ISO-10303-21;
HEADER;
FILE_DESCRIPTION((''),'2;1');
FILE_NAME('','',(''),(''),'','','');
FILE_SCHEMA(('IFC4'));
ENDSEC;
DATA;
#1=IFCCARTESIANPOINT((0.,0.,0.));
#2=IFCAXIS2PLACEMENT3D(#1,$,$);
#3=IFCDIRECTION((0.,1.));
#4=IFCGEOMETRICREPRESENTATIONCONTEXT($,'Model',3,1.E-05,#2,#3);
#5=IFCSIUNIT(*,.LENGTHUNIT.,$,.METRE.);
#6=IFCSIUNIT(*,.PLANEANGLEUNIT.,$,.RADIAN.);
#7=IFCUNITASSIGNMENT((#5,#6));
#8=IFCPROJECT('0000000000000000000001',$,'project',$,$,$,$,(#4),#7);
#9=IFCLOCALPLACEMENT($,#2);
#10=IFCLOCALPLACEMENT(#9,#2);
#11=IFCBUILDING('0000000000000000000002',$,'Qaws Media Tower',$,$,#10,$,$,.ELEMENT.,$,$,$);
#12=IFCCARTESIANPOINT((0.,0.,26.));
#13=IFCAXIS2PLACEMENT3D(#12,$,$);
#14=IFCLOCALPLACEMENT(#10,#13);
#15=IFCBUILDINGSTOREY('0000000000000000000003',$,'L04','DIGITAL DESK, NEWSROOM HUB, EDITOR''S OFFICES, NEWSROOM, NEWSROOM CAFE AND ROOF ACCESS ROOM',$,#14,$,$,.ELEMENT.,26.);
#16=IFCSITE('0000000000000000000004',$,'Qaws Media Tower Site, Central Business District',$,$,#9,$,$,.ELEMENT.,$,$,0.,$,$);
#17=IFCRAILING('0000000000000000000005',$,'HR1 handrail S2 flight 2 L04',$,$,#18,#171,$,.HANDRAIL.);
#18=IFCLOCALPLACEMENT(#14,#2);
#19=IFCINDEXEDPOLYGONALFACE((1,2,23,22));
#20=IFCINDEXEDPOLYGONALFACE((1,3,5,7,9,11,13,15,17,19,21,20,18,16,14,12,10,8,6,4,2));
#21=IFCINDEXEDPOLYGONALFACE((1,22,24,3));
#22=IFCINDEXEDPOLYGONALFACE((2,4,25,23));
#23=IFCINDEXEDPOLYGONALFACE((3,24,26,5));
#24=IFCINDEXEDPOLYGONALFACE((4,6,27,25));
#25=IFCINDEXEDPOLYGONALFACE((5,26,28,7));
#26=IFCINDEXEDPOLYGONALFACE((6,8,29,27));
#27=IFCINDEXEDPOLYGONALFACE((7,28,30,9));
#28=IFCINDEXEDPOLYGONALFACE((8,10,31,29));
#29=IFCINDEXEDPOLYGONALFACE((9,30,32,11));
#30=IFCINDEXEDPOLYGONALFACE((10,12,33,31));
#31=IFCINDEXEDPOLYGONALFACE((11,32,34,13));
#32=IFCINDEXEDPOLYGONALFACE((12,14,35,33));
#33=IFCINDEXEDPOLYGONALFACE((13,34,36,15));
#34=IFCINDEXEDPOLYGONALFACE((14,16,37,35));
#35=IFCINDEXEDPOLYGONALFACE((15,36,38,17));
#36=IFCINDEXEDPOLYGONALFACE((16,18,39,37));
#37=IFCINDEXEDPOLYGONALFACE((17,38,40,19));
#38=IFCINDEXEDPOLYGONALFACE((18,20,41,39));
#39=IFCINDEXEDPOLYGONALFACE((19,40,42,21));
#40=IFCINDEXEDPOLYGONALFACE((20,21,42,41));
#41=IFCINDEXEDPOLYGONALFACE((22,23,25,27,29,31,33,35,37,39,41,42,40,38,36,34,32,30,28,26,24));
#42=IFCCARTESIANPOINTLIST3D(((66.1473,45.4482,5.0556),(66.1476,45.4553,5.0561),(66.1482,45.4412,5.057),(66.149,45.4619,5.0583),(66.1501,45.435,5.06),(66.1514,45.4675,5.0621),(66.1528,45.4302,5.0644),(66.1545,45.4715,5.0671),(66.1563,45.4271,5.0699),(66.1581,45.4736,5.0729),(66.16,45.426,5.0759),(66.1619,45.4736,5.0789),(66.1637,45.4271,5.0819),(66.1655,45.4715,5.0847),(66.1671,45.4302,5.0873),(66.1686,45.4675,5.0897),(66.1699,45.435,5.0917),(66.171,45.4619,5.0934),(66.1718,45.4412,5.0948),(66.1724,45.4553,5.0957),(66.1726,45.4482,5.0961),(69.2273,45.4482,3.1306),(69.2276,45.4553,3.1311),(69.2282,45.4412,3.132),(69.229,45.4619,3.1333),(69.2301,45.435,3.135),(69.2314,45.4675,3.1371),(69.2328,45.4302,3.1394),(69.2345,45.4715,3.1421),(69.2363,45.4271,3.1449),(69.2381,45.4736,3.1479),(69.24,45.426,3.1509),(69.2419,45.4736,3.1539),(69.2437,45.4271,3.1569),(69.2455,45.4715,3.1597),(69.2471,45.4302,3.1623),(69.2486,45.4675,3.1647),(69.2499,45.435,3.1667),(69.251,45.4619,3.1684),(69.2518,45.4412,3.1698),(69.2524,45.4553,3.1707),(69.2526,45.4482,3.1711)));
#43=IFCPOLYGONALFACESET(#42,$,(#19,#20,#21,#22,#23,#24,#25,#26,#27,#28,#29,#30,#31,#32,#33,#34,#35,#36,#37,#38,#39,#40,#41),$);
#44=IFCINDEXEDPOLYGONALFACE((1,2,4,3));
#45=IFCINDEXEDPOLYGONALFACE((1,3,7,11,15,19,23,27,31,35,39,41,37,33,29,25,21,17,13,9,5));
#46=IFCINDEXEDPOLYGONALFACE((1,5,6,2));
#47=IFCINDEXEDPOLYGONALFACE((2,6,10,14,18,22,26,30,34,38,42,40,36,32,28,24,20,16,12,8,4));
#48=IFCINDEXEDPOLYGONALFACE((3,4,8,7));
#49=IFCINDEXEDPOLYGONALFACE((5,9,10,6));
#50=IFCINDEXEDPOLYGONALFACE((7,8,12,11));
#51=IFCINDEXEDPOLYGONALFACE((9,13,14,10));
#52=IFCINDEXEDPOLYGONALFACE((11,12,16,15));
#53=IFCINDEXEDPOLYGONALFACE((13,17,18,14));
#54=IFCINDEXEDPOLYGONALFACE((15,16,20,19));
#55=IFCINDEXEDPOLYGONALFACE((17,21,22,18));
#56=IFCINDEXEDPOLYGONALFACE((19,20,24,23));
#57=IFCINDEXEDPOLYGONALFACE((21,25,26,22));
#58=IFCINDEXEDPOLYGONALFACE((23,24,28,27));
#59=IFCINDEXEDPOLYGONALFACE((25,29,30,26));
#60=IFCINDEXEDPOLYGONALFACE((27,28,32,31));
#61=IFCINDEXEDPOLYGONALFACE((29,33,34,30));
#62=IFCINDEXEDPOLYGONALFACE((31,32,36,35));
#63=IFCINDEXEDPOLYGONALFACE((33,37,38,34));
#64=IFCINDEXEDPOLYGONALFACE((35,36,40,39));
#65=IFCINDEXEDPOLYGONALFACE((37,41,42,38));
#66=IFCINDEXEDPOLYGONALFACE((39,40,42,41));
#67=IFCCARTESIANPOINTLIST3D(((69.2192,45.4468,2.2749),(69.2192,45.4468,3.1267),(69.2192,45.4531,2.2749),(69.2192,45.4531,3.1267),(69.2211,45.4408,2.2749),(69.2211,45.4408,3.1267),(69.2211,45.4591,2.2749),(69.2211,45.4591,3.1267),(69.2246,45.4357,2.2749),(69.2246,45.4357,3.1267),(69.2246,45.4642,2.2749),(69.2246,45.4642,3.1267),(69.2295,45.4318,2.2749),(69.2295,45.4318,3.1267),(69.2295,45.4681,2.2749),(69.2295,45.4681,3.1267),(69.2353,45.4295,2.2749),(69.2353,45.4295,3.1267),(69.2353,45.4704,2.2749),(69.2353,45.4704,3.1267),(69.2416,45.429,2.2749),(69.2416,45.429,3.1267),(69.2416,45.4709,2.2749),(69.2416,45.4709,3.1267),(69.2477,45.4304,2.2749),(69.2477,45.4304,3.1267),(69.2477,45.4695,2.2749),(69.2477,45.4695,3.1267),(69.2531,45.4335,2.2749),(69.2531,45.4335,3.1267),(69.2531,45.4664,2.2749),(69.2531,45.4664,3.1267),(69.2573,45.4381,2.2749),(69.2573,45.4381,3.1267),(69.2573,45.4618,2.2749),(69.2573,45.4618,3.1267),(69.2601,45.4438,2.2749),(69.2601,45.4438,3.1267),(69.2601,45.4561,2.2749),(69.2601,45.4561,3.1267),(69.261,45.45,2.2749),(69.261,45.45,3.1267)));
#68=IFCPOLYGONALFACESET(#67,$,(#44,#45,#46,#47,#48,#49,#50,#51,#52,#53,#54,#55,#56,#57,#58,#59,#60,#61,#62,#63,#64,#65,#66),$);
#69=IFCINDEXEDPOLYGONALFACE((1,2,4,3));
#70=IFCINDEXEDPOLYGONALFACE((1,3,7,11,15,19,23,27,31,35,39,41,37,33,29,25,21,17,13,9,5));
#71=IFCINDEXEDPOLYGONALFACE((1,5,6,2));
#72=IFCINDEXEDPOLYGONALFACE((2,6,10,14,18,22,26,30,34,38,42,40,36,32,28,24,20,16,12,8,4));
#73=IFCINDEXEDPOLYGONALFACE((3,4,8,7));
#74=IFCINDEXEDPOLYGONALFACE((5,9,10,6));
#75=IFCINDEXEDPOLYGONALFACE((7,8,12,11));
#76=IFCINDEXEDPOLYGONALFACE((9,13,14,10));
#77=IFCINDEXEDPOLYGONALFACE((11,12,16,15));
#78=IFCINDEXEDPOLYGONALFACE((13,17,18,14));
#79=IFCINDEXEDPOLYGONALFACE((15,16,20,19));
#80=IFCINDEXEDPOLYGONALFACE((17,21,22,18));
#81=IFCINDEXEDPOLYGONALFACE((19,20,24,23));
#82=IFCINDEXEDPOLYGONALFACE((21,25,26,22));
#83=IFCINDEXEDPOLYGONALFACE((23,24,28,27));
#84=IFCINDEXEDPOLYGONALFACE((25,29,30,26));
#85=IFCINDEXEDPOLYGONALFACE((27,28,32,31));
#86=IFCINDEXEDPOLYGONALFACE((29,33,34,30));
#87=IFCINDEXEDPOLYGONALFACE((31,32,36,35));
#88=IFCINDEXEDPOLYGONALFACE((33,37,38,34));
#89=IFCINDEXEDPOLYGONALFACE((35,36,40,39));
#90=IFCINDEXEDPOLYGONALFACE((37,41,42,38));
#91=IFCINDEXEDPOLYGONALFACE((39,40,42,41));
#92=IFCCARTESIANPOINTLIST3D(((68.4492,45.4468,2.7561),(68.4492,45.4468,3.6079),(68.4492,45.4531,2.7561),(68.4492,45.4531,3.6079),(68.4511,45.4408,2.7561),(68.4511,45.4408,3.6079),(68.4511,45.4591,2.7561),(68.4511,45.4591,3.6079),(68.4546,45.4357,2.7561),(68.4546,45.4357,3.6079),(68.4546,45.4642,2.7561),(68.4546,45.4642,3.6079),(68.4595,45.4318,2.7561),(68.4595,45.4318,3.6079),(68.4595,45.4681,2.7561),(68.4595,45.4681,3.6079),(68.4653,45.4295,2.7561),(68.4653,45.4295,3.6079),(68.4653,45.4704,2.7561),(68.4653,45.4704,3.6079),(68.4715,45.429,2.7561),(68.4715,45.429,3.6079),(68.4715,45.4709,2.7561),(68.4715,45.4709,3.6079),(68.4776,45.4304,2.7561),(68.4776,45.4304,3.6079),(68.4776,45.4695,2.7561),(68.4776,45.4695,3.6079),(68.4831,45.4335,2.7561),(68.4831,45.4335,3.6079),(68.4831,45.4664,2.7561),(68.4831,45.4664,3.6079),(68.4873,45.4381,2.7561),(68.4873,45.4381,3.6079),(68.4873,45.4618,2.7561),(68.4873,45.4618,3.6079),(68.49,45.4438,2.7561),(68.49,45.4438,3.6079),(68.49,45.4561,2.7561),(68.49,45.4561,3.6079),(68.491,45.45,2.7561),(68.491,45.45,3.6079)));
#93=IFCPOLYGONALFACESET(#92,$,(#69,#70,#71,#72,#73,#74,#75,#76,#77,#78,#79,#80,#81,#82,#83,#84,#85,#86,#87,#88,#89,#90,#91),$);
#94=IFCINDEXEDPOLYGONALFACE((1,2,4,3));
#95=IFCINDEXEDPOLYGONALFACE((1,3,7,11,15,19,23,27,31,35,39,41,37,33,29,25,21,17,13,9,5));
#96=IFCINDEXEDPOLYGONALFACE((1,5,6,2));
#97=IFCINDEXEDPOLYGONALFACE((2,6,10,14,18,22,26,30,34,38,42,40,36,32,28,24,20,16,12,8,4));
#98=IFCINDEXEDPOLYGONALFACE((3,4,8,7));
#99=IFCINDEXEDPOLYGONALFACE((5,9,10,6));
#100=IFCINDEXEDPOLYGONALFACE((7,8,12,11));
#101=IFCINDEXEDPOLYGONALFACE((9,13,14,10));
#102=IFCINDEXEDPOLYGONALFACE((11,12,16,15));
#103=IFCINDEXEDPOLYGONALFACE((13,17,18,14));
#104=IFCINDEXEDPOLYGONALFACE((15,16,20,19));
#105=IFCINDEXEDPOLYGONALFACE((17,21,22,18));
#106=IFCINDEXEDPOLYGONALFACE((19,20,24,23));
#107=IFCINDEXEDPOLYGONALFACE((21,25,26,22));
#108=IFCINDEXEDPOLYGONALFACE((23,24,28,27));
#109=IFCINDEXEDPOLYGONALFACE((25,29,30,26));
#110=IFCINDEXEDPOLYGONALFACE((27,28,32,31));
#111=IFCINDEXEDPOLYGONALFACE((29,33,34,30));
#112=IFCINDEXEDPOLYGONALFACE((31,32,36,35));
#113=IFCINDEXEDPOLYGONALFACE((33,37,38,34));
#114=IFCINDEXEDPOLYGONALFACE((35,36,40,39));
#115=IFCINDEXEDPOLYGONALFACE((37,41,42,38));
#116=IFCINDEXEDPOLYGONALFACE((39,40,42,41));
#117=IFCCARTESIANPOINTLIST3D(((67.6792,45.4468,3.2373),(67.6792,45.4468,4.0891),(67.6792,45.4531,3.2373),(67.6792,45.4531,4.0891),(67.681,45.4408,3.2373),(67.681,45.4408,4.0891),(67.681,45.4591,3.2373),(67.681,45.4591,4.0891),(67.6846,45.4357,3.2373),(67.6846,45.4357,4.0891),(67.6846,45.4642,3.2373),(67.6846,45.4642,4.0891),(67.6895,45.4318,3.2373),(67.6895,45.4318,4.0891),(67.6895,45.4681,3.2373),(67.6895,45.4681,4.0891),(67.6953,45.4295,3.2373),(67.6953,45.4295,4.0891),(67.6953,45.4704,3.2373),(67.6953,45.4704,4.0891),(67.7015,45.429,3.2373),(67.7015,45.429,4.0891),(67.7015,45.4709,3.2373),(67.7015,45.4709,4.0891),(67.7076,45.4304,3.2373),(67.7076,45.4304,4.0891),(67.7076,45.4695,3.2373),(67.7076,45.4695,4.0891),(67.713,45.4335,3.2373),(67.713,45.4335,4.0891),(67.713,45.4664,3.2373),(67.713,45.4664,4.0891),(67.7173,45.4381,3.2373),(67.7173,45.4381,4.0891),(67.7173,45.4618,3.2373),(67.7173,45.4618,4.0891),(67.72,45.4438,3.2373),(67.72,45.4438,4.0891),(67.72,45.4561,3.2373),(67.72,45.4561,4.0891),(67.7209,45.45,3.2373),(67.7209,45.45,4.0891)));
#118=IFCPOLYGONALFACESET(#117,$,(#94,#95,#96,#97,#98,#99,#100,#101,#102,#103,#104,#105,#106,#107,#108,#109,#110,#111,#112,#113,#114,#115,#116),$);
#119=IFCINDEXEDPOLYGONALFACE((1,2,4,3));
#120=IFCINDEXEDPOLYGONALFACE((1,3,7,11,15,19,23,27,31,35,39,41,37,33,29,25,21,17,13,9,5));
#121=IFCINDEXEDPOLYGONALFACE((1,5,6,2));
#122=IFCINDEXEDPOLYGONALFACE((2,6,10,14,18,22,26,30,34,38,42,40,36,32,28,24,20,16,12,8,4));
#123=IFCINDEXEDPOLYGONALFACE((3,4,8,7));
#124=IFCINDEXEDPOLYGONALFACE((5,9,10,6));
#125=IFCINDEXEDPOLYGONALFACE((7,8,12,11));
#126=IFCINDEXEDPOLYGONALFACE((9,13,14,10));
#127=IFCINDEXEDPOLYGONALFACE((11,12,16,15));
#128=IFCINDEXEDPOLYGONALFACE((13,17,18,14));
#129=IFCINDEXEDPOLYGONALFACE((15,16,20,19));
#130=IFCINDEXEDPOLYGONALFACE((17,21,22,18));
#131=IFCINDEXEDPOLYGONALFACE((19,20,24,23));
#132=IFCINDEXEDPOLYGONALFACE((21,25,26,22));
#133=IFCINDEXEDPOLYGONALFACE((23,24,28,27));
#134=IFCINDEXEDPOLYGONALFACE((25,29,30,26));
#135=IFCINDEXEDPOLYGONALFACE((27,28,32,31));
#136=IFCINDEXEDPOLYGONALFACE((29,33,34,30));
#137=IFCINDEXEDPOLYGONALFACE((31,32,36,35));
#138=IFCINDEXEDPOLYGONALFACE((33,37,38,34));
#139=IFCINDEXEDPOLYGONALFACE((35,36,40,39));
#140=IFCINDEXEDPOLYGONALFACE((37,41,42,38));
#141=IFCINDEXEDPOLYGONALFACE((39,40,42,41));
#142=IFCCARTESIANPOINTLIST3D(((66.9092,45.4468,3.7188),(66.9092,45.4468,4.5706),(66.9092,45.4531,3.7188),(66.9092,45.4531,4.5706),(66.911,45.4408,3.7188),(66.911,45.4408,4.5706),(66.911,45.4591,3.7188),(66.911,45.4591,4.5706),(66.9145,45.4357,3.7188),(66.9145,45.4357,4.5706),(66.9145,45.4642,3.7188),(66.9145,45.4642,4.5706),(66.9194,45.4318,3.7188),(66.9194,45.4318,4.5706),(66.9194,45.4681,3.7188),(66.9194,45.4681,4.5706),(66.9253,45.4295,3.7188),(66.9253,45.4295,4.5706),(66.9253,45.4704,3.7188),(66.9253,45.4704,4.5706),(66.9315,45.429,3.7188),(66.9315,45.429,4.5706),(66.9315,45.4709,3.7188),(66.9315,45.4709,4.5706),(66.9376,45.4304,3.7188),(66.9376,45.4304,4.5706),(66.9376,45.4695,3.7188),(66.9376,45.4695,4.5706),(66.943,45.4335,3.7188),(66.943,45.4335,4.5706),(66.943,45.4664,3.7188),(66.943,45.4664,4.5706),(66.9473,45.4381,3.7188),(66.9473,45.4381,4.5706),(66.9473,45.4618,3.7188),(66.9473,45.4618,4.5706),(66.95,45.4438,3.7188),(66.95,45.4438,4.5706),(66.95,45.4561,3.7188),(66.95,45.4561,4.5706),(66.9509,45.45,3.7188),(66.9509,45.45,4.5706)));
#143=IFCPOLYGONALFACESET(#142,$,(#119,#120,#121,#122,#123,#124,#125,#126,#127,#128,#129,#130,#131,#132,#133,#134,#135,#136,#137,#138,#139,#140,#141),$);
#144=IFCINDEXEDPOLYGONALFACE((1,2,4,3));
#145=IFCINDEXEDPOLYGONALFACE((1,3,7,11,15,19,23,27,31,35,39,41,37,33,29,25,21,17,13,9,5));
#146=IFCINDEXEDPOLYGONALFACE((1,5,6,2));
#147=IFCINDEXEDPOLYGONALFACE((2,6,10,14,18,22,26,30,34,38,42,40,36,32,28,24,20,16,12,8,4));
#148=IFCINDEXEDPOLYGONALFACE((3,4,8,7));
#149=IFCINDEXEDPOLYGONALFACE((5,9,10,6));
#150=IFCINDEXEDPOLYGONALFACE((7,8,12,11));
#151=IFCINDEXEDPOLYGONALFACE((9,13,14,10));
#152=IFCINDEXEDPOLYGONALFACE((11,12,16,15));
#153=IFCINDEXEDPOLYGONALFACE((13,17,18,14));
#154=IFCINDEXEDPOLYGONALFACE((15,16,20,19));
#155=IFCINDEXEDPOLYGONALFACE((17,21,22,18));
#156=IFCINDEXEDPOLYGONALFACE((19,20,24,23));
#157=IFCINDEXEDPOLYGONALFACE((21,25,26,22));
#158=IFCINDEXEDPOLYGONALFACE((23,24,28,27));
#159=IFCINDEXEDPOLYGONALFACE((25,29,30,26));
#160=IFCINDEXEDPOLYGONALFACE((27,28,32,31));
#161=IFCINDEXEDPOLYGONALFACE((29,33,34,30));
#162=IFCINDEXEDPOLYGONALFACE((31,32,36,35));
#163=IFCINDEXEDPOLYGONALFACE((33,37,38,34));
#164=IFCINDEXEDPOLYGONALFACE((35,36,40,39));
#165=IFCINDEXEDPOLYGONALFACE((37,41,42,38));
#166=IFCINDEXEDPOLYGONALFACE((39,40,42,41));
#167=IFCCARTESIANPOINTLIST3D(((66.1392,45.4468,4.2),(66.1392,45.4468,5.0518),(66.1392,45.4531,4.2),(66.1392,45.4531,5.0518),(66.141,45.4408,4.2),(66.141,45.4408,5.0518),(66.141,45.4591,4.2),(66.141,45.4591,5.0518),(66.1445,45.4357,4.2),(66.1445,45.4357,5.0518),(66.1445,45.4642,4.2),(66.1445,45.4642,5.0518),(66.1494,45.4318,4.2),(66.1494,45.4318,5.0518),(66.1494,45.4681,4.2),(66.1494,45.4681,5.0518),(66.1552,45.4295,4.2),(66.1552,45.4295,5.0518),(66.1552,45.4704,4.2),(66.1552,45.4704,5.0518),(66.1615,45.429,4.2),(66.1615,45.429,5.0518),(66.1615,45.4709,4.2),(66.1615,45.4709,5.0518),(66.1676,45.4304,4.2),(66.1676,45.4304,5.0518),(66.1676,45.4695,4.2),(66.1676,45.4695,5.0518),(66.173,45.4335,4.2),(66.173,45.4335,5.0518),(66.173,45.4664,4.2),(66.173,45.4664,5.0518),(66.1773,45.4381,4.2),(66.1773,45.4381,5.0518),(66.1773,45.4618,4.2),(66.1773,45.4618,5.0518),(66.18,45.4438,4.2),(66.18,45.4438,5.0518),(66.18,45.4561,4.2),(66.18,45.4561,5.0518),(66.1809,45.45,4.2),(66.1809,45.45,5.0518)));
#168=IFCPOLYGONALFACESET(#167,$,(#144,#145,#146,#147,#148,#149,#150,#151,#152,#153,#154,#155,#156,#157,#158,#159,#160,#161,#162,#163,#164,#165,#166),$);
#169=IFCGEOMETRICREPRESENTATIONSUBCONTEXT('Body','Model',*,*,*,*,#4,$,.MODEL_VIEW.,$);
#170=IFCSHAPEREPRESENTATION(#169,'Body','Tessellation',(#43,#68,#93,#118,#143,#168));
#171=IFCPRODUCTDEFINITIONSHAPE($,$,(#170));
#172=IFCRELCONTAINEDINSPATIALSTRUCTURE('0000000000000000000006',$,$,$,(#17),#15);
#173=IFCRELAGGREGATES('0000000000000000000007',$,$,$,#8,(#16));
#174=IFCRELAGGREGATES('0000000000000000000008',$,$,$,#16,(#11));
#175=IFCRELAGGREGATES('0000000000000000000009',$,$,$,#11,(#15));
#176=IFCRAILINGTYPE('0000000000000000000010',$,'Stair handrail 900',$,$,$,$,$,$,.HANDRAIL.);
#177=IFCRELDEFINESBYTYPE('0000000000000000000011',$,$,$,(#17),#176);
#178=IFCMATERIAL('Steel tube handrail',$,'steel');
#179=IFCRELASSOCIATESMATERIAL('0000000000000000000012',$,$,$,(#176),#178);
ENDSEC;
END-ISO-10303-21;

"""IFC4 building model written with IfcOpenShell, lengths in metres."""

from ifc_helpers import new_model, si_unit, direction, frame, origin, origin_2d, place, context, subcontext, project, spatial, circle, extrude, material, type_object, element, save


model = new_model("IFC4")

# Units and contexts
model_context = context("Model", 3, precision=1e-05, world=origin(), true_north=direction((0.0, 1.0)))
body_context = subcontext(model_context, "Body", "Model", "MODEL_VIEW")
ifc_project = project(units=[si_unit("LENGTHUNIT", "METRE"), si_unit("PLANEANGLEUNIT", "RADIAN")], contexts=[model_context])

# Site, building, storey
site_placement = place(None, origin())
site = spatial("IfcSite", under=ifc_project, at=site_placement, Name="Qaws Media Tower Site, Central Business District", CompositionType="ELEMENT", RefElevation=0.0)
building_placement = place(site_placement, origin())
building = spatial("IfcBuilding", under=site, at=building_placement, Name="Qaws Media Tower", CompositionType="ELEMENT")
storey_placement = place(building_placement, frame((0.0, 0.0, 26.0)))
storey = spatial("IfcBuildingStorey", under=building, at=storey_placement, Name="L04", Description="DIGITAL DESK, NEWSROOM HUB, EDITOR'S OFFICES, NEWSROOM, NEWSROOM CAFE AND ROOF ACCESS ROOM", CompositionType="ELEMENT", Elevation=26.0)

# Railing
ifc_material_1 = material(Name="Steel tube handrail", Category="steel")
railing_type = type_object("IfcRailingType", Name="Stair handrail 900", PredefinedType="HANDRAIL", material=ifc_material_1)
for number, where, name in (
    (1, (69.24, 45.45, 2.2749), "HR1 handrail S2 flight 2 L04"),
):
    element("IfcRailing", number, at=place(storey_placement, frame(where)), inside=storey, type_object=railing_type, Name=name, PredefinedType="HANDRAIL", context=body_context, shape_type="SweptSolid", body=[
        extrude(circle(Radius=0.0239, at=origin_2d()), frame((0.0, 0.0, 0.876), z_axis=(-0.847998, 0.0, 0.529999), x_axis=(0.0, -1.0, 0.0)), (0.0, 0.0, 1.0), 3.6321),
        extrude(circle(Radius=0.021, at=origin_2d()), origin(), (0.0, 0.0, 1.0), 0.8518),
        extrude(circle(Radius=0.021, at=origin_2d()), frame((-0.77, 0.0, 0.4812)), (0.0, 0.0, 1.0), 0.8518),
        extrude(circle(Radius=0.021, at=origin_2d()), frame((-1.54, 0.0, 0.9624)), (0.0, 0.0, 1.0), 0.8518),
        extrude(circle(Radius=0.021, at=origin_2d()), frame((-2.3101, 0.0, 1.4438)), (0.0, 0.0, 1.0), 0.8518),
        extrude(circle(Radius=0.021, at=origin_2d()), frame((-3.0801, 0.0, 1.925)), (0.0, 0.0, 1.0), 0.8518),
    ])

save(model, "model.ifc")
